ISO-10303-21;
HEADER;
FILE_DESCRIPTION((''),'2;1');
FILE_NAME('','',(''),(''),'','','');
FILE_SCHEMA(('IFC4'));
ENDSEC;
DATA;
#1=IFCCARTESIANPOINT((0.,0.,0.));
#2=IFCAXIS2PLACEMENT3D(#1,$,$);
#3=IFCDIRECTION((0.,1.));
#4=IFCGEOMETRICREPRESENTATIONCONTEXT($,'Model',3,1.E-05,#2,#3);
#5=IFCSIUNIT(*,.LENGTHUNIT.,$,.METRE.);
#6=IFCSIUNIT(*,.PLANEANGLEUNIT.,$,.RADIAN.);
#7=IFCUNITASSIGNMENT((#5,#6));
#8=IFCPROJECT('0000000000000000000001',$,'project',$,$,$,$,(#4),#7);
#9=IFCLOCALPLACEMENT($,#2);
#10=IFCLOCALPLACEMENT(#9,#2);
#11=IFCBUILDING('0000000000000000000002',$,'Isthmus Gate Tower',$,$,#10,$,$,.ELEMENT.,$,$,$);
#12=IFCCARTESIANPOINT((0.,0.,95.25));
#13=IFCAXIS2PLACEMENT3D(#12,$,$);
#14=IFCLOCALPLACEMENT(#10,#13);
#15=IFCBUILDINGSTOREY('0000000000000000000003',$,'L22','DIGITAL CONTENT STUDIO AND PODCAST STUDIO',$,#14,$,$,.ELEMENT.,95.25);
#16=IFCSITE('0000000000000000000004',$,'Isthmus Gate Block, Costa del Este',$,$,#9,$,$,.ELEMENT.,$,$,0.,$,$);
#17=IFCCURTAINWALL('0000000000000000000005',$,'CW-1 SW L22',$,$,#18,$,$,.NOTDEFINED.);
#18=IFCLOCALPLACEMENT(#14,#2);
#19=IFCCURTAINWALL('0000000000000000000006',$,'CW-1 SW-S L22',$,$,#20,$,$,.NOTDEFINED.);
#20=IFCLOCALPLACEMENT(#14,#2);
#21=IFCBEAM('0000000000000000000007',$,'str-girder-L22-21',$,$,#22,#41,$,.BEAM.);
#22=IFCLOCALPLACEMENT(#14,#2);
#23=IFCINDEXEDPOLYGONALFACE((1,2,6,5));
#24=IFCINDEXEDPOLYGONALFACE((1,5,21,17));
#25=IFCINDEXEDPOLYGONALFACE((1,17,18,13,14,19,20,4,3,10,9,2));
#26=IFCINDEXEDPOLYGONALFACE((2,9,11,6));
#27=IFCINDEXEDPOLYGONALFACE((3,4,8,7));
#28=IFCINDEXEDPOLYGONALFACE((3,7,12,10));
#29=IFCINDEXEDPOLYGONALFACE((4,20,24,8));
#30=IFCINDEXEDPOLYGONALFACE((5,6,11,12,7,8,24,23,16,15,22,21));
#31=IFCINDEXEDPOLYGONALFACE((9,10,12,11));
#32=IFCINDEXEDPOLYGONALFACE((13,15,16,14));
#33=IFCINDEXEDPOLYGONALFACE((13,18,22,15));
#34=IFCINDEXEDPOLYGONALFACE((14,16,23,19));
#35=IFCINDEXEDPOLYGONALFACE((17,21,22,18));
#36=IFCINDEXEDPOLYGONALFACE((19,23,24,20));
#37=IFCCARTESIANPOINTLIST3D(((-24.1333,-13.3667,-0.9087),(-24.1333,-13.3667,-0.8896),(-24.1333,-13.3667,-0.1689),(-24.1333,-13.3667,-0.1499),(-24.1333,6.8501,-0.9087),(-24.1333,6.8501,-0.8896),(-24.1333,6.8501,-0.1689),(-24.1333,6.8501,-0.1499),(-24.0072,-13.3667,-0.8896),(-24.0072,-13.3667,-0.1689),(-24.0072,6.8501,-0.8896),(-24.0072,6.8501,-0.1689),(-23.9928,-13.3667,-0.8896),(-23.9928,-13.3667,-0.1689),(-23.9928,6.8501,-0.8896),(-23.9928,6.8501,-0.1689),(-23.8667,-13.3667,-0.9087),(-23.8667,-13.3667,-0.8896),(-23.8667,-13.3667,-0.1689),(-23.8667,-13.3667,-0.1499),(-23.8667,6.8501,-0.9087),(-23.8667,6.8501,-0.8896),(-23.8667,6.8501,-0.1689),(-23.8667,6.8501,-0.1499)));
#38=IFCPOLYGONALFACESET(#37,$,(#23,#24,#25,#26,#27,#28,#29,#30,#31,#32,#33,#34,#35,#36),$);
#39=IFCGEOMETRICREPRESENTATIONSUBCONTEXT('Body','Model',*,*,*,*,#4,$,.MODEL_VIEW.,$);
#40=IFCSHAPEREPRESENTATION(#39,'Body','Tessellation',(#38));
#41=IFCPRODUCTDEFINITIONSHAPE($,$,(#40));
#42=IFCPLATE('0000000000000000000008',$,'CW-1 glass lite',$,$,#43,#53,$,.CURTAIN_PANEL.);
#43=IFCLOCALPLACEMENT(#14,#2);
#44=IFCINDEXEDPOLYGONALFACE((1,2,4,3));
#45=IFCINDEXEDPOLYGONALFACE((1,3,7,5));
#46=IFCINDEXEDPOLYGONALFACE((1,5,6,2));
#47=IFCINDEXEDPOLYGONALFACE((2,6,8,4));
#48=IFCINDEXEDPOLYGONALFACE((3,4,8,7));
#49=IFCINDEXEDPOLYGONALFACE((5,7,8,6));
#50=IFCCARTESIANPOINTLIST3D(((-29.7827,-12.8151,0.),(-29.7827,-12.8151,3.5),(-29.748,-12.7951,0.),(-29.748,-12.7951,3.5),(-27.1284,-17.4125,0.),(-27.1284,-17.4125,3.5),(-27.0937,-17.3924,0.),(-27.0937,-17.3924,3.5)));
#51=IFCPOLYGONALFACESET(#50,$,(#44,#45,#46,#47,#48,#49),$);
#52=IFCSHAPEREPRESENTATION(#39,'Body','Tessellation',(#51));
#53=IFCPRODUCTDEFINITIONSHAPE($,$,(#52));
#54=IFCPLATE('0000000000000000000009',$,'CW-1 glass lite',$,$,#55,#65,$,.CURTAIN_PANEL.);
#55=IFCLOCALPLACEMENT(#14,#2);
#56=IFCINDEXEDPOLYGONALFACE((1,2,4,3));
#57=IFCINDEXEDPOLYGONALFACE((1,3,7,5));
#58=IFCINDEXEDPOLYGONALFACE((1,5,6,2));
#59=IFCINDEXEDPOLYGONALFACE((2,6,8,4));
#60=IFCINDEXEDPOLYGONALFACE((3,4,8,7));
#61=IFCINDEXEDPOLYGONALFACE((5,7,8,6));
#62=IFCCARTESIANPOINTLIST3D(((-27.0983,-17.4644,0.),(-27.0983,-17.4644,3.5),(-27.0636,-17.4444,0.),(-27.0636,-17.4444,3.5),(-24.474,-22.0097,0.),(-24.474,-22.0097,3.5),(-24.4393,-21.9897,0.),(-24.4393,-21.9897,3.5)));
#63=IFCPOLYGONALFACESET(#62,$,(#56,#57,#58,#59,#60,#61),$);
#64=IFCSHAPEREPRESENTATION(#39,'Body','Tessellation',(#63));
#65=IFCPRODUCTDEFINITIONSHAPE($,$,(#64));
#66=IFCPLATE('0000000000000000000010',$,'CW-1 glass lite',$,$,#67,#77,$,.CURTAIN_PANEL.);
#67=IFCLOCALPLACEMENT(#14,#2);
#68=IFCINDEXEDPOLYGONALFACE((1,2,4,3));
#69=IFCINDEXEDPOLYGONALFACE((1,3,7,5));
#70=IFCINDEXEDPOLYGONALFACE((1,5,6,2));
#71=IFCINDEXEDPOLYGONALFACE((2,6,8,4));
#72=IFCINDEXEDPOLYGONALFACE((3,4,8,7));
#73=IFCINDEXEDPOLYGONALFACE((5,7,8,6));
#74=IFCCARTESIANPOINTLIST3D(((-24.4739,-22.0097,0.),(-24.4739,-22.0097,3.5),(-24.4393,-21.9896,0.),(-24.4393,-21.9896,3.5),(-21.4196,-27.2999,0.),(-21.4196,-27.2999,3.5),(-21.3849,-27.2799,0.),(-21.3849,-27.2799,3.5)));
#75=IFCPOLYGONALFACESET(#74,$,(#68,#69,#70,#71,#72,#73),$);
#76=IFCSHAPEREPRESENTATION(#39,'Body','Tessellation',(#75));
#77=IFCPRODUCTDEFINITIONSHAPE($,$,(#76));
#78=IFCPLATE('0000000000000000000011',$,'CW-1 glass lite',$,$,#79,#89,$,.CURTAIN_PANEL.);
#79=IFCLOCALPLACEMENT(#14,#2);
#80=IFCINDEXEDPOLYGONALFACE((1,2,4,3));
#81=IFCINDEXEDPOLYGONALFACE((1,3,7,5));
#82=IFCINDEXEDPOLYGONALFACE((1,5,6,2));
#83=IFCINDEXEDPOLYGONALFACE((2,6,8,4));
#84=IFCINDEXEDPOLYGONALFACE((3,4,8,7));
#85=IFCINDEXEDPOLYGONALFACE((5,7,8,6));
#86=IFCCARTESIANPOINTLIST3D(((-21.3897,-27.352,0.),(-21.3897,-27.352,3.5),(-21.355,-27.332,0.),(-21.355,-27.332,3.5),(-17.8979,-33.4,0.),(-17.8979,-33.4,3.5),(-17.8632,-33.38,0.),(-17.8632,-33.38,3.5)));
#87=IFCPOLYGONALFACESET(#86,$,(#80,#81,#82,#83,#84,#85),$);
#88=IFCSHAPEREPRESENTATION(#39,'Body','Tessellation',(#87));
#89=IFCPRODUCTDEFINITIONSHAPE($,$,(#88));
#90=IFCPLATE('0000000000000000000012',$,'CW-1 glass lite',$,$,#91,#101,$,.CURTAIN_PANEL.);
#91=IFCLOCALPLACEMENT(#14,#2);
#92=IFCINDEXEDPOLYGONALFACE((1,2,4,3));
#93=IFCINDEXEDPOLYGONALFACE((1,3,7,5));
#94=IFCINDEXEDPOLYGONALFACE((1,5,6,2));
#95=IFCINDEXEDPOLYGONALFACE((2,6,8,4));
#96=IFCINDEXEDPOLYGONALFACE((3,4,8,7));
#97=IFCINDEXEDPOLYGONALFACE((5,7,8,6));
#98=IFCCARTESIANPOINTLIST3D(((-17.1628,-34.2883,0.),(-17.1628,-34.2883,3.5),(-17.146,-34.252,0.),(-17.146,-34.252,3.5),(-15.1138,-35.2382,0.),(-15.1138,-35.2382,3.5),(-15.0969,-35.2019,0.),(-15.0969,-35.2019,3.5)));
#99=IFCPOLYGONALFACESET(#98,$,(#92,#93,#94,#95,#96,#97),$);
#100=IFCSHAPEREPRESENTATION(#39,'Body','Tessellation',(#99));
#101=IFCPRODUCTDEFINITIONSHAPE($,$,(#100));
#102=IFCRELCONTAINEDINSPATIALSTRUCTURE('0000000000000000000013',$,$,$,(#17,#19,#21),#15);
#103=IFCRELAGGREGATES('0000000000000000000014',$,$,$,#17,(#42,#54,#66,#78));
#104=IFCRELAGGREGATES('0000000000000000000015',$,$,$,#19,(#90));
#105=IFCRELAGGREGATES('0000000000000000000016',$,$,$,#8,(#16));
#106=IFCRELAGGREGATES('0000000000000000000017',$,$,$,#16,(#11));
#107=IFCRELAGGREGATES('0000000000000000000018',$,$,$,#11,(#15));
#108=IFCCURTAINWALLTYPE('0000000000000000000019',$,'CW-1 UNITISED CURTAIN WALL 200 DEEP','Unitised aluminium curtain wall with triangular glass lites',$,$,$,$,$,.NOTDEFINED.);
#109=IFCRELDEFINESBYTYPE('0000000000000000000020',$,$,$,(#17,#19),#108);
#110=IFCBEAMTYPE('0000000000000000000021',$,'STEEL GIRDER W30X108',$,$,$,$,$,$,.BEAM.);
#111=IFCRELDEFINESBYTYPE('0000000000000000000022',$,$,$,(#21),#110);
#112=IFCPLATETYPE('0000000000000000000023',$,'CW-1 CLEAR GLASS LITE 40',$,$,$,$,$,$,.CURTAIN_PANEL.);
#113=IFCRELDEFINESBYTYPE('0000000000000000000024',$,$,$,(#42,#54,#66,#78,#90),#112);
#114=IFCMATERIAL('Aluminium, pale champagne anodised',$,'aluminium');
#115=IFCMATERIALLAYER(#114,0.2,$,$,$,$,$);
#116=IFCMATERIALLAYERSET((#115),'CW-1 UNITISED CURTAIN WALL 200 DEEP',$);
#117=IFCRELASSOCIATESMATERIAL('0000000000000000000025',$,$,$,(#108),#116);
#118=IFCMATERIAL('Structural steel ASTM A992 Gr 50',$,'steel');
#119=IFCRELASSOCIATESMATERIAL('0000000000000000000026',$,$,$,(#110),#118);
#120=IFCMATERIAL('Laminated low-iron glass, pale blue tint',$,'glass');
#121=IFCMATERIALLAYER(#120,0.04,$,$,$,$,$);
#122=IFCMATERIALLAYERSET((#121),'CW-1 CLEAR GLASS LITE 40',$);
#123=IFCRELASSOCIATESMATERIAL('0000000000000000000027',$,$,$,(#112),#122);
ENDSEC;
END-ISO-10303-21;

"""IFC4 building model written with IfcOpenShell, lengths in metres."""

from ifc_helpers import new_model, si_unit, direction, frame, origin, origin_2d, place, context, subcontext, project, spatial, rectangle, i_section, extrude, material, layer, layer_set, material_profile, profile_set, type_object, element, aggregate, save


model = new_model("IFC4")

# Units and contexts
model_context = context("Model", 3, precision=1e-05, world=origin(), true_north=direction((0.0, 1.0)))
body_context = subcontext(model_context, "Body", "Model", "MODEL_VIEW")
ifc_project = project(units=[si_unit("LENGTHUNIT", "METRE"), si_unit("PLANEANGLEUNIT", "RADIAN")], contexts=[model_context])

# Site, building, storey
site_placement = place(None, origin())
site = spatial("IfcSite", under=ifc_project, at=site_placement, Name="Isthmus Gate Block, Costa del Este", CompositionType="ELEMENT", RefElevation=0.0)
building_placement = place(site_placement, origin())
building = spatial("IfcBuilding", under=site, at=building_placement, Name="Isthmus Gate Tower", CompositionType="ELEMENT")
storey_placement = place(building_placement, frame((0.0, 0.0, 95.25)))
storey = spatial("IfcBuildingStorey", under=building, at=storey_placement, Name="L22", Description="DIGITAL CONTENT STUDIO AND PODCAST STUDIO", CompositionType="ELEMENT", Elevation=95.25)

# Curtain wall
ifc_material_1 = material(Name="Aluminium, pale champagne anodised", Category="aluminium")
ifc_layer_1 = layer(ifc_material_1, 0.2)
ifc_layer_set_1 = layer_set([ifc_layer_1], Name="CW-1 UNITISED CURTAIN WALL 200 DEEP")
curtain_wall_type = type_object("IfcCurtainWallType", Name="CW-1 UNITISED CURTAIN WALL 200 DEEP", Description="Unitised aluminium curtain wall with triangular glass lites", PredefinedType="NOTDEFINED", material=ifc_layer_set_1)
curtain_wall_1_placement = place(storey_placement, origin())
curtain_wall_1 = element("IfcCurtainWall", 1, at=curtain_wall_1_placement, inside=storey, type_object=curtain_wall_type, Name="CW-1 SW L22", PredefinedType="NOTDEFINED")

# Curtain wall
curtain_wall_2_placement = place(storey_placement, origin())
curtain_wall_2 = element("IfcCurtainWall", 2, at=curtain_wall_2_placement, inside=storey, type_object=curtain_wall_type, Name="CW-1 SW-S L22", PredefinedType="NOTDEFINED")

# Beam
ifc_material_2 = material(Name="Structural steel ASTM A992 Gr 50", Category="steel")
ifc_material_profile_1 = material_profile(ifc_material_2, i_section(OverallWidth=0.2666, OverallDepth=0.7588, WebThickness=0.0144, FlangeThickness=0.019, at=origin_2d()), Name="W30X108")
ifc_profile_set_1 = profile_set([ifc_material_profile_1], Name="Structural steel ASTM A992 Gr 50")
beam_type_1 = type_object("IfcBeamType", Name="STEEL GIRDER W30X108", PredefinedType="BEAM", material=ifc_profile_set_1)
beam_1_placement = place(storey_placement, frame((-24.0, -13.3667, -0.5293), z_axis=(0.0, 1.0, 0.0), x_axis=(-1.0, 0.0, 0.0)))
element("IfcBeam", 3, at=beam_1_placement, inside=storey, type_object=beam_type_1, Name="str-girder-L22-21", PredefinedType="BEAM", context=body_context, shape_type="SweptSolid", body=[
    extrude(i_section(OverallWidth=0.2666, OverallDepth=0.7588, WebThickness=0.0144, FlangeThickness=0.019, at=origin_2d()), origin(), (0.0, 0.0, 1.0), 20.2168),
])

# Plates
ifc_material_3 = material(Name="Laminated low-iron glass, pale blue tint", Category="glass")
ifc_layer_2 = layer(ifc_material_3, 0.04)
ifc_layer_set_2 = layer_set([ifc_layer_2], Name="CW-1 CLEAR GLASS LITE 40")
plate_type = type_object("IfcPlateType", Name="CW-1 CLEAR GLASS LITE 40", PredefinedType="CURTAIN_PANEL", material=ifc_layer_set_2)
plate_1_placement = place(storey_placement, frame((-28.4382, -15.1038, 0.0), z_axis=(0.0, 0.0, 1.0), x_axis=(0.5, -0.866025, 0.0)))
plate_1 = element("IfcPlate", 4, at=plate_1_placement, type_object=plate_type, Name="CW-1 glass lite", PredefinedType="CURTAIN_PANEL", context=body_context, shape_type="SweptSolid", body=[
    extrude(rectangle(XDim=5.3086, YDim=0.04, at=origin_2d()), origin(), (0.0, 0.0, 1.0), 3.5),
])
plate_2_placement = place(storey_placement, frame((-25.7688, -19.7271, 0.0), z_axis=(0.0, 0.0, 1.0), x_axis=(0.5, -0.866025, 0.0)))
plate_2 = element("IfcPlate", 5, at=plate_2_placement, type_object=plate_type, Name="CW-1 glass lite", PredefinedType="CURTAIN_PANEL", context=body_context, shape_type="SweptSolid", body=[
    extrude(rectangle(XDim=5.2485, YDim=0.04, at=origin_2d()), origin(), (0.0, 0.0, 1.0), 3.5),
])
plate_3_placement = place(storey_placement, frame((-22.9294, -24.6448, 0.0), z_axis=(0.0, 0.0, 1.0), x_axis=(0.5, -0.866025, 0.0)))
plate_3 = element("IfcPlate", 6, at=plate_3_placement, type_object=plate_type, Name="CW-1 glass lite", PredefinedType="CURTAIN_PANEL", context=body_context, shape_type="SweptSolid", body=[
    extrude(rectangle(XDim=6.1086, YDim=0.04, at=origin_2d()), origin(), (0.0, 0.0, 1.0), 3.5),
])
plate_4_placement = place(storey_placement, frame((-19.6265, -30.366, 0.0), z_axis=(0.0, 0.0, 1.0), x_axis=(0.5, -0.866025, 0.0)))
plate_4 = element("IfcPlate", 7, at=plate_4_placement, type_object=plate_type, Name="CW-1 glass lite", PredefinedType="CURTAIN_PANEL", context=body_context, shape_type="SweptSolid", body=[
    extrude(rectangle(XDim=6.9836, YDim=0.04, at=origin_2d()), origin(), (0.0, 0.0, 1.0), 3.5),
])
aggregate(curtain_wall_1, [plate_1, plate_2, plate_3, plate_4])
plate_5_placement = place(storey_placement, frame((-16.1299, -34.7451, 0.0), z_axis=(0.0, 0.0, 1.0), x_axis=(0.907256, -0.420578, 0.0)))
plate_5 = element("IfcPlate", 8, at=plate_5_placement, type_object=plate_type, Name="CW-1 glass lite", PredefinedType="CURTAIN_PANEL", context=body_context, shape_type="SweptSolid", body=[
    extrude(rectangle(XDim=2.2585, YDim=0.04, at=origin_2d()), origin(), (0.0, 0.0, 1.0), 3.5),
])
aggregate(curtain_wall_2, [plate_5])

save(model, "model.ifc")
